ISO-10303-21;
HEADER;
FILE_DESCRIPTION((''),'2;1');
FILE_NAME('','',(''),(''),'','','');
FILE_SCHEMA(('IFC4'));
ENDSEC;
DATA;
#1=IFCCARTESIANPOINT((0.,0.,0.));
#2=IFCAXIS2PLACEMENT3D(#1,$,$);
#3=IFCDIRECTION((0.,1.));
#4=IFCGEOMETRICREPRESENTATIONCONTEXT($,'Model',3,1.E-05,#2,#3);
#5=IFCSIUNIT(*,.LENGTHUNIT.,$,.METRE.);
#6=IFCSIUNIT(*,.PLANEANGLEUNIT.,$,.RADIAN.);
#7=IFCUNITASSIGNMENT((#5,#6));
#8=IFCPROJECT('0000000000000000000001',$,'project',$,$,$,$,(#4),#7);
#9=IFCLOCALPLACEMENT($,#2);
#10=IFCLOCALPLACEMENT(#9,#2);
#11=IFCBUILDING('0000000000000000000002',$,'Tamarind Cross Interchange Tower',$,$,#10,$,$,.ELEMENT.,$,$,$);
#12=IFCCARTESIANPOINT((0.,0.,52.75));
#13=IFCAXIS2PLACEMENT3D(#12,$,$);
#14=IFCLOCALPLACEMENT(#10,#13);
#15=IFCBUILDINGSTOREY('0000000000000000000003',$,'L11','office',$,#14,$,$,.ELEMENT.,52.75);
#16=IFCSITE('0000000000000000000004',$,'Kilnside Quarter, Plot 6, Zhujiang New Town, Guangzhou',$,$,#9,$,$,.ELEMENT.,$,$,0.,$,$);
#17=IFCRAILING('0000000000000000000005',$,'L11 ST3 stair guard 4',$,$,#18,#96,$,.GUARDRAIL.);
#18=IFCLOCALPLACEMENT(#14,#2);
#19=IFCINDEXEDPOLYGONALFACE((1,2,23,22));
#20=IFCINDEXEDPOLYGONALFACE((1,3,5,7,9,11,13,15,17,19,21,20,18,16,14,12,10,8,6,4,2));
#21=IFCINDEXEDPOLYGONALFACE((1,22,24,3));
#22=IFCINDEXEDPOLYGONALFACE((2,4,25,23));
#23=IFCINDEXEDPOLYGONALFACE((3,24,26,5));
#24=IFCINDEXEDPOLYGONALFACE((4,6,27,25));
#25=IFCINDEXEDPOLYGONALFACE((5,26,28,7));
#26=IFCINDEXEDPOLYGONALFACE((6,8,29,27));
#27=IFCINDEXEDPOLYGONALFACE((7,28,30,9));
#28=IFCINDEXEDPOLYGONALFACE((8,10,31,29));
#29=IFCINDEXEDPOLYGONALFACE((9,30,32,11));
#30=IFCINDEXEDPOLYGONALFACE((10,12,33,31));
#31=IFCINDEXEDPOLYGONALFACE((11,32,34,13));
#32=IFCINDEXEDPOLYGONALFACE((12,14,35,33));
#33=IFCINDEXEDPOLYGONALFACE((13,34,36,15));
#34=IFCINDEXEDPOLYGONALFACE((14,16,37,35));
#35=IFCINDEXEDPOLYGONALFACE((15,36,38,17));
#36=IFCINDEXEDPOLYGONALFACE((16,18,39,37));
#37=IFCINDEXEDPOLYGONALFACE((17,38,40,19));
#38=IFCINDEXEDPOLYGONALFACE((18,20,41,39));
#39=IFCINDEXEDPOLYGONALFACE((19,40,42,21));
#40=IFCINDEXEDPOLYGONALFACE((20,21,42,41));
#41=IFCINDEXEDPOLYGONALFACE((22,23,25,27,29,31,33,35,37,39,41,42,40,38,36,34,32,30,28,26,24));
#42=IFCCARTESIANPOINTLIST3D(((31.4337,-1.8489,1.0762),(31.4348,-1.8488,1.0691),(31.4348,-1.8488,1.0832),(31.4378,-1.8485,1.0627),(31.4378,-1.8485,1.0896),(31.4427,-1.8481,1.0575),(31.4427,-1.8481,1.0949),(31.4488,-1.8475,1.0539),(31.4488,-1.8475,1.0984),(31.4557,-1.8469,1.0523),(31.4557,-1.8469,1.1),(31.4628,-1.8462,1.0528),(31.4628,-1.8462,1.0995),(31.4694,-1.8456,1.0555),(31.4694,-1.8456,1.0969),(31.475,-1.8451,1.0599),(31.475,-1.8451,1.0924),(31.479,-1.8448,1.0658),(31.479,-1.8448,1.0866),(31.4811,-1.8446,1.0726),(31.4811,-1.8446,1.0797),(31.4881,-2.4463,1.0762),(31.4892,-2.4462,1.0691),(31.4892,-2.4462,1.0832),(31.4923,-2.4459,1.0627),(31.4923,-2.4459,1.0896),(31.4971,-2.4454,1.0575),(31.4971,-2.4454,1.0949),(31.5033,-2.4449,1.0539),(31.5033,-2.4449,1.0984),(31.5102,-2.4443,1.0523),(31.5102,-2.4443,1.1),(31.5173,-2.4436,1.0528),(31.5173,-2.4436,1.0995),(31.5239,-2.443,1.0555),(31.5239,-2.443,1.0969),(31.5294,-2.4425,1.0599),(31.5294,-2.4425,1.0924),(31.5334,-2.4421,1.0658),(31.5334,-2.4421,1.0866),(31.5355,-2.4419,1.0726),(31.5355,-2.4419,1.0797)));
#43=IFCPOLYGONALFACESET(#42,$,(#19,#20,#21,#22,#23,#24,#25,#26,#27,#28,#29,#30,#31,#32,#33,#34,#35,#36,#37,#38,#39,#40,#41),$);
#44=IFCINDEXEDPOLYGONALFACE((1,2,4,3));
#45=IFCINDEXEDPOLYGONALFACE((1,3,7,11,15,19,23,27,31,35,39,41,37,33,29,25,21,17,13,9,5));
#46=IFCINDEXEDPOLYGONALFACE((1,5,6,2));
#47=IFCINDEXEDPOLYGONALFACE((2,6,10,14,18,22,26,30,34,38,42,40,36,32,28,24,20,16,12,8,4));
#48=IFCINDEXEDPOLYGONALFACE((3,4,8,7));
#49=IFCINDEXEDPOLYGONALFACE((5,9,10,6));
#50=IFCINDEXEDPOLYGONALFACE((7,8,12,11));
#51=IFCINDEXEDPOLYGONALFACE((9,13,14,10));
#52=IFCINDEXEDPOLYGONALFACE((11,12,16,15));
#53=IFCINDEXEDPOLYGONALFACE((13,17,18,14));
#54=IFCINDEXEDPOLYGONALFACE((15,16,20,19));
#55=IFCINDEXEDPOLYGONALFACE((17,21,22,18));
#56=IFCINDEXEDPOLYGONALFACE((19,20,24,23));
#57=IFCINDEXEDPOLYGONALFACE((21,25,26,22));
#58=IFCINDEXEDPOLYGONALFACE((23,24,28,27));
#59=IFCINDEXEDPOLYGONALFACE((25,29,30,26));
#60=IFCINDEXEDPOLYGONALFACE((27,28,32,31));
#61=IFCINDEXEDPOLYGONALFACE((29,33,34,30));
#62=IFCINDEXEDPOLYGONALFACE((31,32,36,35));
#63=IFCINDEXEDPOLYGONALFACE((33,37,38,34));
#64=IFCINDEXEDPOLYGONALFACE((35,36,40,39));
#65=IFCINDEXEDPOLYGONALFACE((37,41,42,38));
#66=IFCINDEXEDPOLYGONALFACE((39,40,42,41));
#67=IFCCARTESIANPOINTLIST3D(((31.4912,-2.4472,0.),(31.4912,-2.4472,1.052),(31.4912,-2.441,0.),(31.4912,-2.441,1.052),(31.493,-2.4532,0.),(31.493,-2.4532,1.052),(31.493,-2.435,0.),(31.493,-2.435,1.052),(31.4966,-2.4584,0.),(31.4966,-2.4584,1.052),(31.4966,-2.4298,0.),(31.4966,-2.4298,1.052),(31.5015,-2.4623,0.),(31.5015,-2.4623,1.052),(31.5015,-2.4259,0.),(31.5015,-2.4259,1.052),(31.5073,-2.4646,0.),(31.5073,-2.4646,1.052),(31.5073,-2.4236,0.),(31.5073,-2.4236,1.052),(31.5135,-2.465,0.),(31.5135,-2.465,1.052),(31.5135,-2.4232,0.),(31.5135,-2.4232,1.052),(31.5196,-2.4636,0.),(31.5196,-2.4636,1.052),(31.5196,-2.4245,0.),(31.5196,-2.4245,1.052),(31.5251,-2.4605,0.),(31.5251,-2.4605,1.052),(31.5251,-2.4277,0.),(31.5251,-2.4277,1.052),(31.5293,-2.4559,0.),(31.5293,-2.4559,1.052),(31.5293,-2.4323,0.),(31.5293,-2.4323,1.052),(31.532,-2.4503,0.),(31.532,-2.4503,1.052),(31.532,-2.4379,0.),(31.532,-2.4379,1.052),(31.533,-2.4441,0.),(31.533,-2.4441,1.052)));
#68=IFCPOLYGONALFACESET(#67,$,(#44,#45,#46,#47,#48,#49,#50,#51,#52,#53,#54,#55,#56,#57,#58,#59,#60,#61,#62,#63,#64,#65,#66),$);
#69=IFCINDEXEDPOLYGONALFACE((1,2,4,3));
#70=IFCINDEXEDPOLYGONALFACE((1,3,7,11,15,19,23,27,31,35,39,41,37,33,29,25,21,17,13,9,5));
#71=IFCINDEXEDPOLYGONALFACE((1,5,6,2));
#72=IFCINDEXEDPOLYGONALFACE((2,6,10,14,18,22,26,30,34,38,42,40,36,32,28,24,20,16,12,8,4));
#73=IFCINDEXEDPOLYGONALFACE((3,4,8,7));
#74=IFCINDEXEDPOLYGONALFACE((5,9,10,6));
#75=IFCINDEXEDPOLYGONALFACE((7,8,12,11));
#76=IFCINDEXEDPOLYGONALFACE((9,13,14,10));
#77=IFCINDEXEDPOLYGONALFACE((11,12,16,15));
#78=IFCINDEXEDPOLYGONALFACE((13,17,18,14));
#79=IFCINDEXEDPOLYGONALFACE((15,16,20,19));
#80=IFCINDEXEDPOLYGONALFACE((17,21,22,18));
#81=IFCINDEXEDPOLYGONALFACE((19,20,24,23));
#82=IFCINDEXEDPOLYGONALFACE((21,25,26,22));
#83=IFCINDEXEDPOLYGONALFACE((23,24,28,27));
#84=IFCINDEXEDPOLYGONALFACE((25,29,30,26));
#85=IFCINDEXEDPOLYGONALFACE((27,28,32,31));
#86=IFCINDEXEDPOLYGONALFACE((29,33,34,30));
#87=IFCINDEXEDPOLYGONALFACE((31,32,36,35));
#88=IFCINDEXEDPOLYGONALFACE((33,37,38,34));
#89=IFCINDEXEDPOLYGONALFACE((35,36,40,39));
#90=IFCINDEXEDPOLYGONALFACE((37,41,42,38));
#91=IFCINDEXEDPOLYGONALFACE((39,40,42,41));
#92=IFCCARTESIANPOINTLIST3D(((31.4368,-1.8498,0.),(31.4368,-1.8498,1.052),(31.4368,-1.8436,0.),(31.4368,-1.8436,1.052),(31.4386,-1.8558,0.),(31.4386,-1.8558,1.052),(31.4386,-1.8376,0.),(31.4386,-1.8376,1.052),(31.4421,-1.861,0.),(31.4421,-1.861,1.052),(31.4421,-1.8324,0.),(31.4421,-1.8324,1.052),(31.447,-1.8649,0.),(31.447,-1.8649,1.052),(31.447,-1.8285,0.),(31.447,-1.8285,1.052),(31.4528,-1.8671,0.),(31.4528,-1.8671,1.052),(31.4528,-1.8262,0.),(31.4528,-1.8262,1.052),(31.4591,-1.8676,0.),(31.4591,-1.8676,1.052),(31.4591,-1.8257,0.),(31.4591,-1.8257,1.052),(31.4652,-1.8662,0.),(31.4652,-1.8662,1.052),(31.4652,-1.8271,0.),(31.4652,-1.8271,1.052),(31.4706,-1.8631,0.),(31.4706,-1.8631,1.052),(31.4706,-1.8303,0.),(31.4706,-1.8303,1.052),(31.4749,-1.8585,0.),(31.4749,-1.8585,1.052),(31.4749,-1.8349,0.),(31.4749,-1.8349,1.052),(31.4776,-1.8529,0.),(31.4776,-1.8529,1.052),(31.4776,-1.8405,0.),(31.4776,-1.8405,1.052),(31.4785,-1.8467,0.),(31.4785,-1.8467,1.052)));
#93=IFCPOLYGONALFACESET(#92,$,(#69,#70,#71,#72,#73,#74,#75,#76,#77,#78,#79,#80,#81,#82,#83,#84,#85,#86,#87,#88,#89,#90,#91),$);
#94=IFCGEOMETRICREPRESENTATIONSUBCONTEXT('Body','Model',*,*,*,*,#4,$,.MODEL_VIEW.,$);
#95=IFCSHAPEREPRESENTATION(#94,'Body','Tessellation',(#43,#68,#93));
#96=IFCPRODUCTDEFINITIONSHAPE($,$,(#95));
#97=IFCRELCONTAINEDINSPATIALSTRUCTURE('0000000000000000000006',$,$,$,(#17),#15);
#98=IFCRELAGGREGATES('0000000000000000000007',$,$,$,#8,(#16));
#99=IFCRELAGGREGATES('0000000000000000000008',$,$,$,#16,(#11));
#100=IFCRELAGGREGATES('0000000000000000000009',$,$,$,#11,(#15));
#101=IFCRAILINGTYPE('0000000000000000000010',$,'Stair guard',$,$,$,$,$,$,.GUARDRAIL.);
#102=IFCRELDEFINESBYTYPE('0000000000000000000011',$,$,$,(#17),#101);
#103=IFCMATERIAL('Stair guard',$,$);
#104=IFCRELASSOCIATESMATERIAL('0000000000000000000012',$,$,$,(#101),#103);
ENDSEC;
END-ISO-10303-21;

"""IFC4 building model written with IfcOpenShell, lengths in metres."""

from ifc_helpers import new_model, si_unit, direction, frame, origin, origin_2d, place, context, subcontext, project, spatial, circle, extrude, material, type_object, element, save


model = new_model("IFC4")

# Units and contexts
model_context = context("Model", 3, precision=1e-05, world=origin(), true_north=direction((0.0, 1.0)))
body_context = subcontext(model_context, "Body", "Model", "MODEL_VIEW")
ifc_project = project(units=[si_unit("LENGTHUNIT", "METRE"), si_unit("PLANEANGLEUNIT", "RADIAN")], contexts=[model_context])

# Site, building, storey
site_placement = place(None, origin())
site = spatial("IfcSite", under=ifc_project, at=site_placement, Name="Kilnside Quarter, Plot 6, Zhujiang New Town, Guangzhou", CompositionType="ELEMENT", RefElevation=0.0)
building_placement = place(site_placement, origin())
building = spatial("IfcBuilding", under=site, at=building_placement, Name="Tamarind Cross Interchange Tower", CompositionType="ELEMENT")
storey_placement = place(building_placement, frame((0.0, 0.0, 52.75)))
storey = spatial("IfcBuildingStorey", under=building, at=storey_placement, Name="L11", Description="office", CompositionType="ELEMENT", Elevation=52.75)

# Railing
ifc_material_1 = material(Name="Stair guard")
railing_type_1 = type_object("IfcRailingType", Name="Stair guard", PredefinedType="GUARDRAIL", material=ifc_material_1)
railing_1_placement = place(storey_placement, frame((31.512, -2.4441, 0.0)))
element("IfcRailing", 1, at=railing_1_placement, inside=storey, type_object=railing_type_1, Name="L11 ST3 stair guard 4", PredefinedType="GUARDRAIL", context=body_context, shape_type="SweptSolid", body=[
    extrude(circle(Radius=0.0239, at=origin_2d()), frame((0.0, 0.0, 1.0762), z_axis=(-0.090756, 0.995873, 0.0), x_axis=(-0.995873, -0.090756, 0.0)), (0.0, 0.0, 1.0), 0.5999),
    extrude(circle(Radius=0.021, at=origin_2d()), origin(), (0.0, 0.0, 1.0), 1.052),
    extrude(circle(Radius=0.021, at=origin_2d()), frame((-0.0544, 0.5974, 0.0)), (0.0, 0.0, 1.0), 1.052),
])

save(model, "model.ifc")
